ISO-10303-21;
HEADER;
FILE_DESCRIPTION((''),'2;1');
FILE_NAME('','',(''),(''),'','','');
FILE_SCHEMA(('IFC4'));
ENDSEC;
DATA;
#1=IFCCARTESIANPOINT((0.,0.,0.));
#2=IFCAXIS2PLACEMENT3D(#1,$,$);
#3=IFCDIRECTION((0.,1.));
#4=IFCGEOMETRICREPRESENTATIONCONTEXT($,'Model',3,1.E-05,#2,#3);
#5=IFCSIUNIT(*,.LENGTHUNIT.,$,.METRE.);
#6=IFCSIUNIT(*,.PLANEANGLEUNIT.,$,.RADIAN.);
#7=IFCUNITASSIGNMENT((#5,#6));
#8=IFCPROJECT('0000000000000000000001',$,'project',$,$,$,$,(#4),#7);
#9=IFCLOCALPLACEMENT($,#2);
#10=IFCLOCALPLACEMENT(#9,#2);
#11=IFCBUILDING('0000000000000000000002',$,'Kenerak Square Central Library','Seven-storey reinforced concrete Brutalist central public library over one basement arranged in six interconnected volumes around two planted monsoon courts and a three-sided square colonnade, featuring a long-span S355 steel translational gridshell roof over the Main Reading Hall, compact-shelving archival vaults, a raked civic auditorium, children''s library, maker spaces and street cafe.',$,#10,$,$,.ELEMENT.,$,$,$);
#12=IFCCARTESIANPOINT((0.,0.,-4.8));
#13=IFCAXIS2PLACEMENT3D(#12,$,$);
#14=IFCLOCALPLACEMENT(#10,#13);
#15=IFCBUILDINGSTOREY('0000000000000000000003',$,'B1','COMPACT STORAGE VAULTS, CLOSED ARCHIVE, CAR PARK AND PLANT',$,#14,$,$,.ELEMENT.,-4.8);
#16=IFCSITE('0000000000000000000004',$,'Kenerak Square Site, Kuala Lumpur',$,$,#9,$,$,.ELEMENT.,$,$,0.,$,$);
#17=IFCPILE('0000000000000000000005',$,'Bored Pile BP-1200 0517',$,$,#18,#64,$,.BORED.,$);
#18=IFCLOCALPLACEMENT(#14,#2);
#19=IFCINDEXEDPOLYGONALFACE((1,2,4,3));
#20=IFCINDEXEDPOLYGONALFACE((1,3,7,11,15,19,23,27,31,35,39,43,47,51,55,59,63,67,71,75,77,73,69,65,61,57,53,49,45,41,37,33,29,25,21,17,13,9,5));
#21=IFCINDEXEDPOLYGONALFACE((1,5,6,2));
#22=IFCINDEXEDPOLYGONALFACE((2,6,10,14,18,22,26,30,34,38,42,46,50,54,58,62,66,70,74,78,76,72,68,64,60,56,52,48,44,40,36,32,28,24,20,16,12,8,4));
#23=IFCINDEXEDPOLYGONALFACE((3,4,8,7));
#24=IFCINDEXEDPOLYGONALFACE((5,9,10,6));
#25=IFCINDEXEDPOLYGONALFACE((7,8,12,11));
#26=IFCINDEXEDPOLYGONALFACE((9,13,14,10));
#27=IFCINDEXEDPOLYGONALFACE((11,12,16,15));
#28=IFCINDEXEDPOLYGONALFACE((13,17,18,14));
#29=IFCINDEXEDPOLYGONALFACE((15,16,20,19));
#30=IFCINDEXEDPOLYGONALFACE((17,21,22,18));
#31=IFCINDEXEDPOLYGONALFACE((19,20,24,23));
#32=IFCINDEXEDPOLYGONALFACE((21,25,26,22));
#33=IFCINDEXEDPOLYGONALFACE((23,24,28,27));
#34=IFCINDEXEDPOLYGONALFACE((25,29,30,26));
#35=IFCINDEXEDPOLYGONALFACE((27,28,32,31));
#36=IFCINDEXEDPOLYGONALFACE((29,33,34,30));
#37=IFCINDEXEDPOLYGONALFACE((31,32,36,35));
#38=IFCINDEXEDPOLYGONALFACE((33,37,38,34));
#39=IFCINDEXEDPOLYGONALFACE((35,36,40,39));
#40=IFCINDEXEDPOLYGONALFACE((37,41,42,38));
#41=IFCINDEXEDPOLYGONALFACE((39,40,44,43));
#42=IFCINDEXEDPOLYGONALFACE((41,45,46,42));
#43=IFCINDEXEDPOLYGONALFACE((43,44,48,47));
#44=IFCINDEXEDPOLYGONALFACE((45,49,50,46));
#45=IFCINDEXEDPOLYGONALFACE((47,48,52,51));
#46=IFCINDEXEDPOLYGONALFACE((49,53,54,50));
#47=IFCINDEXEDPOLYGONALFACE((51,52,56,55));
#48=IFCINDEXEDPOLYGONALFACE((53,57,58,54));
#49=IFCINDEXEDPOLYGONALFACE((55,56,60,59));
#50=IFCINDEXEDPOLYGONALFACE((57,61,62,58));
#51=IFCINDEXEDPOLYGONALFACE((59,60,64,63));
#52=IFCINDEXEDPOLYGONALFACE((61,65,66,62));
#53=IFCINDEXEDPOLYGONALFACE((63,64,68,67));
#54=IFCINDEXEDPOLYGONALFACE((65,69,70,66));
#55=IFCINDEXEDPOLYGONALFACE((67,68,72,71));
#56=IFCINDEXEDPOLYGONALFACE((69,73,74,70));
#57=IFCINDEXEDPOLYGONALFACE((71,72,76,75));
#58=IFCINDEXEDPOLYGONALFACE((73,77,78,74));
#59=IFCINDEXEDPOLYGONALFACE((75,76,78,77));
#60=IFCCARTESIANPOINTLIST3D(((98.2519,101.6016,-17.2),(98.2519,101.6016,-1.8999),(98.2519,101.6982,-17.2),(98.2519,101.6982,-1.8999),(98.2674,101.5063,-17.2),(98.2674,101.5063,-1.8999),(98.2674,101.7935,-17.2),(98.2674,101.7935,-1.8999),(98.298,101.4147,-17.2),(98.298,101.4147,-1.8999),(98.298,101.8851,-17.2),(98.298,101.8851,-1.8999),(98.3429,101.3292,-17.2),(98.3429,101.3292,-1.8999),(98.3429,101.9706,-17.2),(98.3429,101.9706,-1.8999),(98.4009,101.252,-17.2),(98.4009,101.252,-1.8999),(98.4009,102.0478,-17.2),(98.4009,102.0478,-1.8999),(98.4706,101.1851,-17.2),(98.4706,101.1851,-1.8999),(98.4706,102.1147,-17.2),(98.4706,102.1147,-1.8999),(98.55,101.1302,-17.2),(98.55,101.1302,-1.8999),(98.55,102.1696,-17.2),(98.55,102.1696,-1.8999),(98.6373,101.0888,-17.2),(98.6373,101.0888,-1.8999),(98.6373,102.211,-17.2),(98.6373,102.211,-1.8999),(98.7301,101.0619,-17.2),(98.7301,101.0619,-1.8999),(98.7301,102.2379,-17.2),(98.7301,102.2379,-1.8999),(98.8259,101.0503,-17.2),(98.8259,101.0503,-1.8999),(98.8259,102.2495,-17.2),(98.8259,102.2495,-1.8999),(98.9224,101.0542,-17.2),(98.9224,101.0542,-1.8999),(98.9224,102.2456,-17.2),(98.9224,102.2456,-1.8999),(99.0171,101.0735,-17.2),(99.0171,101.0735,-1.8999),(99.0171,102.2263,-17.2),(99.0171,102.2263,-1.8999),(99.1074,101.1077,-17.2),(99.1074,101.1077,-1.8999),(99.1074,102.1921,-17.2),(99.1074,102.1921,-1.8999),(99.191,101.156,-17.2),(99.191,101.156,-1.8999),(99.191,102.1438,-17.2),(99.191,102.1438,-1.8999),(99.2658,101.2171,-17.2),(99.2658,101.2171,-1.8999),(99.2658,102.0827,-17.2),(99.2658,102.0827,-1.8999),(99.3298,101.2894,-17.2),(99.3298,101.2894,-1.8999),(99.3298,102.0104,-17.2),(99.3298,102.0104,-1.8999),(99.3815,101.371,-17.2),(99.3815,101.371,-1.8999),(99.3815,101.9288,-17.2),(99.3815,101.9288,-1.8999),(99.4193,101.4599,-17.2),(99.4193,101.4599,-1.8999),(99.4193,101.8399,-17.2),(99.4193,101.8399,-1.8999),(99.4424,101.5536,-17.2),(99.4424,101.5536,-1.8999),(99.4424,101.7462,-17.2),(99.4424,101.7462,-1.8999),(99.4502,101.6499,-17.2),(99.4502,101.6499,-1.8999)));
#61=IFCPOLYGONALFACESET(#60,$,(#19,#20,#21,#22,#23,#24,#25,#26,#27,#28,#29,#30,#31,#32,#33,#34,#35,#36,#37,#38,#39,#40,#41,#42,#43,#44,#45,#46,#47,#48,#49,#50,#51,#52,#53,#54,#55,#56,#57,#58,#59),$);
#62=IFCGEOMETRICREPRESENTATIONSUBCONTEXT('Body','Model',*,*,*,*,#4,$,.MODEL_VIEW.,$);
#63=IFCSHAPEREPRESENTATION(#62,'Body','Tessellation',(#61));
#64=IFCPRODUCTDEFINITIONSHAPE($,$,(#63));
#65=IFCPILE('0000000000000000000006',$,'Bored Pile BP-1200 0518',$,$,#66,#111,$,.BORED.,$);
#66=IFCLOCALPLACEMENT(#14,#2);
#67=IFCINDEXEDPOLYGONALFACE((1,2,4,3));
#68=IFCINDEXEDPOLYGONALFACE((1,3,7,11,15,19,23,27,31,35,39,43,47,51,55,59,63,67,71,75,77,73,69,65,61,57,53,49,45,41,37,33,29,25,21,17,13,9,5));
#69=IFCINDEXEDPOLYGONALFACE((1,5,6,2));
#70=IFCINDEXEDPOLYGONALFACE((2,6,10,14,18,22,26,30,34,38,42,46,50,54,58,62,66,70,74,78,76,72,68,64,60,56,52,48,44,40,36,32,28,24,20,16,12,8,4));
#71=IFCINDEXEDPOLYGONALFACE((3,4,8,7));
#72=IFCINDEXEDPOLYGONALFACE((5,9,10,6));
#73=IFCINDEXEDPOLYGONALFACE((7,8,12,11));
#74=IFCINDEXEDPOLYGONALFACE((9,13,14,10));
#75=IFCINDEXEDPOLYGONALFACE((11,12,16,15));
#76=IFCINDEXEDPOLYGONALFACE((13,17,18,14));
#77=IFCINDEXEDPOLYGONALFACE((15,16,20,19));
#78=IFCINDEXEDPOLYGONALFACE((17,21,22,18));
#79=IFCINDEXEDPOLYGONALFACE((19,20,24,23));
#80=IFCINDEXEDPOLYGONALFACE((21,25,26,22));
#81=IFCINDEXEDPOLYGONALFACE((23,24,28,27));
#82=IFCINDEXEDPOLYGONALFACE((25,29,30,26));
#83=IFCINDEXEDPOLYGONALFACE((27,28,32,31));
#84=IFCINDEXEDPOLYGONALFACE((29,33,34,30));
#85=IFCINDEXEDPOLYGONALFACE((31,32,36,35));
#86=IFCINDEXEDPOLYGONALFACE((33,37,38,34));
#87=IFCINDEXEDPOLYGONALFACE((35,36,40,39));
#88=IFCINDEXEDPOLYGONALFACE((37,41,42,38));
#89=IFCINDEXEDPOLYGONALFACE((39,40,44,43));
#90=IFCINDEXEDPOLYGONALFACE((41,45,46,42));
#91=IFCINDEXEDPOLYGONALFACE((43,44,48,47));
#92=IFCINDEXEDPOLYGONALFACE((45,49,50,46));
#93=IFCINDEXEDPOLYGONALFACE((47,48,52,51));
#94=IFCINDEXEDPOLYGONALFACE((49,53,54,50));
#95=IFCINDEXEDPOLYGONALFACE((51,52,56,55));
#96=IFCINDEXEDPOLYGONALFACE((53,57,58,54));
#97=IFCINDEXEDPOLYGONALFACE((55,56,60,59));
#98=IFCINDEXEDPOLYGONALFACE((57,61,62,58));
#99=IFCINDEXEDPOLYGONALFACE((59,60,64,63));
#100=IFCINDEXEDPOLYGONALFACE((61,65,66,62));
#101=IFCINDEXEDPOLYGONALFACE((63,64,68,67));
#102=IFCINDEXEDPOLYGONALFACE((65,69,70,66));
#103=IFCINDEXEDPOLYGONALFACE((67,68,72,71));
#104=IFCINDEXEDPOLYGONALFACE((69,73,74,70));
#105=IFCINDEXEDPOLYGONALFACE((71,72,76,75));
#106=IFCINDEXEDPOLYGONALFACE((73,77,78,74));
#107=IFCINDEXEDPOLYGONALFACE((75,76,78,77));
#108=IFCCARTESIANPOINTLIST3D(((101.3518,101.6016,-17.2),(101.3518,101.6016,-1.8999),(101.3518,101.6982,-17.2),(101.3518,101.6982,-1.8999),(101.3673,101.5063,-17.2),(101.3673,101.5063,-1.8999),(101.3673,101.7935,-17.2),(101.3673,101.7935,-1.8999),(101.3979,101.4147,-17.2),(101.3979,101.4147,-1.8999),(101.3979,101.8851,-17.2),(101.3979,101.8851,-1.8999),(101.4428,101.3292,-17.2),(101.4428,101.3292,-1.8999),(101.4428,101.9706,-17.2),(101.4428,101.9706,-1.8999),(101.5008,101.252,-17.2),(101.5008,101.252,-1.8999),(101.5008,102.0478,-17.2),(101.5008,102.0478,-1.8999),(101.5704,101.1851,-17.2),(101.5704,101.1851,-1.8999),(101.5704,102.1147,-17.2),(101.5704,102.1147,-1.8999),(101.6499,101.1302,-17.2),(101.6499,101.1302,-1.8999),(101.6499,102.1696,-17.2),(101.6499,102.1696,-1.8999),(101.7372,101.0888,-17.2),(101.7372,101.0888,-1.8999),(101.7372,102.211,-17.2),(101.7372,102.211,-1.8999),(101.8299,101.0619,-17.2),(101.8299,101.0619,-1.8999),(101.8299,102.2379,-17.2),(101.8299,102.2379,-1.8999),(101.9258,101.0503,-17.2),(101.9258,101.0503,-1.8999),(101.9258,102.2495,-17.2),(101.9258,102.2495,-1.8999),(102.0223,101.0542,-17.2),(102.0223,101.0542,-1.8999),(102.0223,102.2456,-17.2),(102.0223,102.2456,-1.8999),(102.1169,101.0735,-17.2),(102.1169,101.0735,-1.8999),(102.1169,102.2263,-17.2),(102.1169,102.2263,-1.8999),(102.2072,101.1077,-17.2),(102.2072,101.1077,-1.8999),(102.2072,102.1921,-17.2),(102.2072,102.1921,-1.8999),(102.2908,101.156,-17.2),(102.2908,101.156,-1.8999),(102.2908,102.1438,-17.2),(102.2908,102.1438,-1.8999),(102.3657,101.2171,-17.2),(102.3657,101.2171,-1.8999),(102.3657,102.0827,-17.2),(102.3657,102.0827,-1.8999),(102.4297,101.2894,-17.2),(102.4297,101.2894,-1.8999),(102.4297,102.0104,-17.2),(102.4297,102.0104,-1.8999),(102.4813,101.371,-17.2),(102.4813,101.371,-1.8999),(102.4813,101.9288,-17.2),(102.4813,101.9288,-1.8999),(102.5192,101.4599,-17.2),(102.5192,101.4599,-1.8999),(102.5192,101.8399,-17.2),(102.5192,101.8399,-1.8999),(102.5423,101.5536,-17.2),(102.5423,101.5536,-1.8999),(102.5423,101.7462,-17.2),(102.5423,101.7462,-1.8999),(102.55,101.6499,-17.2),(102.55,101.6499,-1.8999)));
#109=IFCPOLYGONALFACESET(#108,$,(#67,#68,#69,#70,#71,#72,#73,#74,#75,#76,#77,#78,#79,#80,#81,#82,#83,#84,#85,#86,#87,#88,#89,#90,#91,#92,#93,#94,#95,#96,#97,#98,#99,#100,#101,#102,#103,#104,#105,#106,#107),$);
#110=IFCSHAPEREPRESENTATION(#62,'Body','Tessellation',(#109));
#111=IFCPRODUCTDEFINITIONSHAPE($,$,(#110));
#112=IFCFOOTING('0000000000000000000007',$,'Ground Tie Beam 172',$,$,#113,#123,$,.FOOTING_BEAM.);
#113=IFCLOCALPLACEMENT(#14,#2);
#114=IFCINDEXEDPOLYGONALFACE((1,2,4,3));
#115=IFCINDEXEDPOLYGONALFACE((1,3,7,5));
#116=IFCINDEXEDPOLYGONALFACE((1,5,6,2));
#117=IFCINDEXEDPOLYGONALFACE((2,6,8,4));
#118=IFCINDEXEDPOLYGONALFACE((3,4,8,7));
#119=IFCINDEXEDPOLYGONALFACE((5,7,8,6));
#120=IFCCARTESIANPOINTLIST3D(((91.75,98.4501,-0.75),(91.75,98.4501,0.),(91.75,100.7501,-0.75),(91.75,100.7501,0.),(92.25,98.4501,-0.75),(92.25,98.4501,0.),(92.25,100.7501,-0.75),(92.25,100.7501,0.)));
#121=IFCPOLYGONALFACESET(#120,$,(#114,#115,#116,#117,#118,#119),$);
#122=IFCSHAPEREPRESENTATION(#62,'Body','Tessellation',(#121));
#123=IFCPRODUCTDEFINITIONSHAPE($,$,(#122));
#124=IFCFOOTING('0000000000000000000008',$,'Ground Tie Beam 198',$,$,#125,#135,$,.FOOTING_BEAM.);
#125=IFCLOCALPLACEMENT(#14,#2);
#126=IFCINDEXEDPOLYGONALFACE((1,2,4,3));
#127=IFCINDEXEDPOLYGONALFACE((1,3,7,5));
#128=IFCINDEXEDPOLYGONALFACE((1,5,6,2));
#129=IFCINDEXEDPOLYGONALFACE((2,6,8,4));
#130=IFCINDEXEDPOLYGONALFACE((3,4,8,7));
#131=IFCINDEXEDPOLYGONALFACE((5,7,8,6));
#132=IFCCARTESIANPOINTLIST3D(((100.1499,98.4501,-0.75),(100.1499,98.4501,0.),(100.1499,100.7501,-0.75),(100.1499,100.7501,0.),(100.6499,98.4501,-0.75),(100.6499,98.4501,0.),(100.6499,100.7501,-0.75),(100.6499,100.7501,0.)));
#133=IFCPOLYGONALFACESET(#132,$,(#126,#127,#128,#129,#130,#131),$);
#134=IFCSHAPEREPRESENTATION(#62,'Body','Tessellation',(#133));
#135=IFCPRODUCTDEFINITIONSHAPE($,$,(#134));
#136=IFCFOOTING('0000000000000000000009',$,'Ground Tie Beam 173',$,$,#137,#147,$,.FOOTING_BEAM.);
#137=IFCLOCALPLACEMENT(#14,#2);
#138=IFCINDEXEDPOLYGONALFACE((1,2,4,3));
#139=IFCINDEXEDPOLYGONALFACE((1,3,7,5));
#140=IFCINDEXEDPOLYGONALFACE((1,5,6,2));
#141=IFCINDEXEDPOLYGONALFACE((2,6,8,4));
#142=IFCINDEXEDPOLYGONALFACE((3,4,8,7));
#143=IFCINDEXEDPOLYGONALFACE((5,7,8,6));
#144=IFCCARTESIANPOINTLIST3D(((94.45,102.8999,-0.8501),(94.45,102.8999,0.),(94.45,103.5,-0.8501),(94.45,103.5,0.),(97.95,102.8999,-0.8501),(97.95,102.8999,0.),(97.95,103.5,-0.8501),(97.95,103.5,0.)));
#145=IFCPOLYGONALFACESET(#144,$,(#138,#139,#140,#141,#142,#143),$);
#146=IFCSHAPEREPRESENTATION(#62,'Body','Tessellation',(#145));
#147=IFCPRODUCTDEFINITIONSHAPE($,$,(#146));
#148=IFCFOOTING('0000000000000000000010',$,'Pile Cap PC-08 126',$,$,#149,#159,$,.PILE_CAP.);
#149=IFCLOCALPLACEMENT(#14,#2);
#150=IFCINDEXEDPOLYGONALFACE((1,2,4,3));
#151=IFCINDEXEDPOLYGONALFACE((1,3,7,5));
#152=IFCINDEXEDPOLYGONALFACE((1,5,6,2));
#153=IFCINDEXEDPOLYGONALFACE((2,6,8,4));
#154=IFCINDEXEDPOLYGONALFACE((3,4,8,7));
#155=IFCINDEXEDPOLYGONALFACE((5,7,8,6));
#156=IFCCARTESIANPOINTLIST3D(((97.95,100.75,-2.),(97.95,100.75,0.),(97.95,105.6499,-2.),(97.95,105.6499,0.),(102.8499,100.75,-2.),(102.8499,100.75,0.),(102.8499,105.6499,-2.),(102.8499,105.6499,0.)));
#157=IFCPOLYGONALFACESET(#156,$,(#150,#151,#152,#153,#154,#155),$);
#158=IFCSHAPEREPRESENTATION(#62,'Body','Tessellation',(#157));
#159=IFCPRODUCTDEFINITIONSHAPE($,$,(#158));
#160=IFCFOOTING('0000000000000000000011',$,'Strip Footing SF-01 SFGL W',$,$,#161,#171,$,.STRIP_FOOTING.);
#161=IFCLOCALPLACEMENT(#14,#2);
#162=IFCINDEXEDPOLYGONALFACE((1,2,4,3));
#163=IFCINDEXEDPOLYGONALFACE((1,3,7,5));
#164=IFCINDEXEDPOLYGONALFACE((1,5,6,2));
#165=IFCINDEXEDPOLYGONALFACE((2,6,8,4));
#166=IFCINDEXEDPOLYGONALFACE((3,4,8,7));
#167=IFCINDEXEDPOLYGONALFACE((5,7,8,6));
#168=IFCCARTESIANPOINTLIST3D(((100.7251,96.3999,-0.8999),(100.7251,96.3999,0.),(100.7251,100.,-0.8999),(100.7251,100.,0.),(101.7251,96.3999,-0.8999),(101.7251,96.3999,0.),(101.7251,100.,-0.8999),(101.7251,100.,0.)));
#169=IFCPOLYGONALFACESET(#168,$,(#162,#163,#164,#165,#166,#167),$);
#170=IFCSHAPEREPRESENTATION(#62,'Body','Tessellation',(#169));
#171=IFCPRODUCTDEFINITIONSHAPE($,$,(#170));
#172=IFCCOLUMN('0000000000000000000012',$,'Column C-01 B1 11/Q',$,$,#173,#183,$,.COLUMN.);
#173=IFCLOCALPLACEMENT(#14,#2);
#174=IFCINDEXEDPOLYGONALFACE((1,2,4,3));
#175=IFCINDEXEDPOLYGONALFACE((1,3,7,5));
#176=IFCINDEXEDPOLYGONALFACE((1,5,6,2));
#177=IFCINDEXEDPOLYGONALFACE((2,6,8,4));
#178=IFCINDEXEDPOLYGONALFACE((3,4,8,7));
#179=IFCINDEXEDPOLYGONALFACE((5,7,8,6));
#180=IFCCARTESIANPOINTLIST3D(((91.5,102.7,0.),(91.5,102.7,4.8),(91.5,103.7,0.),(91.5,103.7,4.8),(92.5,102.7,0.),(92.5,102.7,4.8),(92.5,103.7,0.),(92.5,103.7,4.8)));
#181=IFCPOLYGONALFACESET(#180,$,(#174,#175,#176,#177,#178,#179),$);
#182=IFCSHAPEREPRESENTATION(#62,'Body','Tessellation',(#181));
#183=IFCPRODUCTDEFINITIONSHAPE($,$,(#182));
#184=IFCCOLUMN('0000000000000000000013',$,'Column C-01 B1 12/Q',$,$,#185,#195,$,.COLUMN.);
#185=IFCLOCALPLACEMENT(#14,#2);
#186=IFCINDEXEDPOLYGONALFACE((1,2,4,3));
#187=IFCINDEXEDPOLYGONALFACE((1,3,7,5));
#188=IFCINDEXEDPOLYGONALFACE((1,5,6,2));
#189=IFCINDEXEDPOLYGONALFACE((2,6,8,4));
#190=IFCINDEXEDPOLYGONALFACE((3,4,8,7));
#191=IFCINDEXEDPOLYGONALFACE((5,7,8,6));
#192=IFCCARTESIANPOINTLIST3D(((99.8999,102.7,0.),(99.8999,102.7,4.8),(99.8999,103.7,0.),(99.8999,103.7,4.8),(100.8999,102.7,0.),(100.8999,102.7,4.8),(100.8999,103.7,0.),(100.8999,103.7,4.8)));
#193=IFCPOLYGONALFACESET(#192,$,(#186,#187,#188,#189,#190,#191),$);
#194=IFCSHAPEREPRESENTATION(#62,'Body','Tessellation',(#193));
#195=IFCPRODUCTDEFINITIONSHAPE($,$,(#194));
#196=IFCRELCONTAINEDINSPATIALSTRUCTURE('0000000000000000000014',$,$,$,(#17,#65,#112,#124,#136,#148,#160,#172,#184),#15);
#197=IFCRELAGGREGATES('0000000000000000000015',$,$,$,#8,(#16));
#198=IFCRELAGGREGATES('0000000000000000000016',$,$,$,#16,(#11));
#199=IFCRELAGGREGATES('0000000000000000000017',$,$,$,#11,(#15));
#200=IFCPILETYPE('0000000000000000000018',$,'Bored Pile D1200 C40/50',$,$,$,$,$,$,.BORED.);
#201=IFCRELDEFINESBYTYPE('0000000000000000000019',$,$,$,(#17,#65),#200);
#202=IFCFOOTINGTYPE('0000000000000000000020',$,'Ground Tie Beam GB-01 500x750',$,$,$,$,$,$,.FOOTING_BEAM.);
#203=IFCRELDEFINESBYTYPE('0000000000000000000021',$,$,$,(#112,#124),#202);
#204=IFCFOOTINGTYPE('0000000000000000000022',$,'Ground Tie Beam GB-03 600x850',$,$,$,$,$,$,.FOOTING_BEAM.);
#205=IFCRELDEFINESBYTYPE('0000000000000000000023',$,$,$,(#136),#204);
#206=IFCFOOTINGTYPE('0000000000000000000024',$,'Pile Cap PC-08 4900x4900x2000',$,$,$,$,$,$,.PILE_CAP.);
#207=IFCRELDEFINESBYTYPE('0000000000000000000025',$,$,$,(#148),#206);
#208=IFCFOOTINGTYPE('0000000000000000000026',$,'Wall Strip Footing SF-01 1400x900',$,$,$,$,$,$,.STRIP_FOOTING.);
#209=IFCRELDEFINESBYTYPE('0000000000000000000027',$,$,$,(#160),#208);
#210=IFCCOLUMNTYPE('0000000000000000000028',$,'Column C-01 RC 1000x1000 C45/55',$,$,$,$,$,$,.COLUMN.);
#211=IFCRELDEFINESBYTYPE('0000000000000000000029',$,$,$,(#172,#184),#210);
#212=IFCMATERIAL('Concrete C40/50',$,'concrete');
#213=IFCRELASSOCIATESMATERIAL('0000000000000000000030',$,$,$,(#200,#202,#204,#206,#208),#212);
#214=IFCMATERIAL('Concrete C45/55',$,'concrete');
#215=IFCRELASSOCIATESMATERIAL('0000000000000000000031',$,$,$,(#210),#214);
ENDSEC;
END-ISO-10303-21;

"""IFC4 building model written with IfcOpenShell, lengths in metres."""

from ifc_helpers import new_model, si_unit, direction, frame, origin, origin_2d, place, context, subcontext, project, spatial, rectangle, circle, extrude, material, material_profile, profile_set, type_object, element, save


model = new_model("IFC4")

# Units and contexts
model_context = context("Model", 3, precision=1e-05, world=origin(), true_north=direction((0.0, 1.0)))
body_context = subcontext(model_context, "Body", "Model", "MODEL_VIEW")
ifc_project = project(units=[si_unit("LENGTHUNIT", "METRE"), si_unit("PLANEANGLEUNIT", "RADIAN")], contexts=[model_context])

# Site, building, storey
site_placement = place(None, origin())
site = spatial("IfcSite", under=ifc_project, at=site_placement, Name="Kenerak Square Site, Kuala Lumpur", CompositionType="ELEMENT", RefElevation=0.0)
building_placement = place(site_placement, origin())
building = spatial("IfcBuilding", under=site, at=building_placement, Name="Kenerak Square Central Library", Description="Seven-storey reinforced concrete Brutalist central public library over one basement arranged in six interconnected volumes around two planted monsoon courts and a three-sided square colonnade, featuring a long-span S355 steel translational gridshell roof over the Main Reading Hall, compact-shelving archival vaults, a raked civic auditorium, children's library, maker spaces and street cafe.", CompositionType="ELEMENT")
storey_placement = place(building_placement, frame((0.0, 0.0, -4.8)))
storey = spatial("IfcBuildingStorey", under=building, at=storey_placement, Name="B1", Description="COMPACT STORAGE VAULTS, CLOSED ARCHIVE, CAR PARK AND PLANT", CompositionType="ELEMENT", Elevation=-4.8)

# Piles
ifc_material_1 = material(Name="Concrete C40/50", Category="concrete")
ifc_material_profile_1 = material_profile(ifc_material_1, circle(Radius=0.6001, at=origin_2d()), Name="BP D1200")
ifc_profile_set_1 = profile_set([ifc_material_profile_1], Name="Concrete C40/50")
pile_type = type_object("IfcPileType", Name="Bored Pile D1200 C40/50", PredefinedType="BORED", material=ifc_profile_set_1)
for number, where, z_axis, x_axis, name in (
    (1, (98.8501, 101.6499, -1.8999), (0.0, 0.0, -1.0), (1.0, 0.0, 0.0), "Bored Pile BP-1200 0517"),
    (2, (101.95, 101.6499, -1.8999), (0.0, 0.0, -1.0), (1.0, 0.0, 0.0), "Bored Pile BP-1200 0518"),
):
    element("IfcPile", number, at=place(storey_placement, frame(where, z_axis=z_axis, x_axis=x_axis)), inside=storey, type_object=pile_type, Name=name, PredefinedType="BORED", context=body_context, shape_type="SweptSolid", body=[
        extrude(circle(Radius=0.6001, at=origin_2d()), origin(), (0.0, 0.0, 1.0), 15.3),
    ])

# Footings
footing_type_1 = type_object("IfcFootingType", Name="Ground Tie Beam GB-01 500x750", PredefinedType="FOOTING_BEAM", material=ifc_material_1)
for number, where, z_axis, x_axis, name in (
    (3, (92.0, 99.6001, -0.75), (0.0, 0.0, 1.0), (1.0, 0.0, 0.0), "Ground Tie Beam 172"),
    (4, (100.3999, 99.6001, -0.75), (0.0, 0.0, 1.0), (1.0, 0.0, 0.0), "Ground Tie Beam 198"),
):
    element("IfcFooting", number, at=place(storey_placement, frame(where, z_axis=z_axis, x_axis=x_axis)), inside=storey, type_object=footing_type_1, Name=name, PredefinedType="FOOTING_BEAM", context=body_context, shape_type="SweptSolid", body=[
        extrude(rectangle(XDim=0.5, YDim=2.3, at=origin_2d()), origin(), (0.0, 0.0, 1.0), 0.75),
    ])
footing_type_2 = type_object("IfcFootingType", Name="Ground Tie Beam GB-03 600x850", PredefinedType="FOOTING_BEAM", material=ifc_material_1)
footing_1_placement = place(storey_placement, frame((96.2, 103.2, -0.8501), z_axis=(0.0, 0.0, 1.0), x_axis=(1.0, 0.0, 0.0)))
element("IfcFooting", 5, at=footing_1_placement, inside=storey, type_object=footing_type_2, Name="Ground Tie Beam 173", PredefinedType="FOOTING_BEAM", context=body_context, shape_type="SweptSolid", body=[
    extrude(rectangle(XDim=3.5, YDim=0.6001, at=origin_2d()), origin(), (0.0, 0.0, 1.0), 0.8501),
])
footing_type_3 = type_object("IfcFootingType", Name="Pile Cap PC-08 4900x4900x2000", PredefinedType="PILE_CAP", material=ifc_material_1)
footing_2_placement = place(storey_placement, frame((100.3999, 103.2, -2.0), z_axis=(0.0, 0.0, 1.0), x_axis=(1.0, 0.0, 0.0)))
element("IfcFooting", 6, at=footing_2_placement, inside=storey, type_object=footing_type_3, Name="Pile Cap PC-08 126", PredefinedType="PILE_CAP", context=body_context, shape_type="SweptSolid", body=[
    extrude(rectangle(XDim=4.8999, YDim=4.8999, at=origin_2d()), origin(), (0.0, 0.0, 1.0), 2.0),
])
footing_type_4 = type_object("IfcFootingType", Name="Wall Strip Footing SF-01 1400x900", PredefinedType="STRIP_FOOTING", material=ifc_material_1)
footing_3_placement = place(storey_placement, frame((101.2251, 98.2, -0.8999), z_axis=(0.0, 0.0, 1.0), x_axis=(1.0, 0.0, 0.0)))
element("IfcFooting", 7, at=footing_3_placement, inside=storey, type_object=footing_type_4, Name="Strip Footing SF-01 SFGL W", PredefinedType="STRIP_FOOTING", context=body_context, shape_type="SweptSolid", body=[
    extrude(rectangle(XDim=1.0, YDim=3.6001, at=origin_2d()), origin(), (0.0, 0.0, 1.0), 0.8999),
])

# Columns
ifc_material_2 = material(Name="Concrete C45/55", Category="concrete")
ifc_material_profile_2 = material_profile(ifc_material_2, rectangle(XDim=1.0, YDim=1.0, at=origin_2d()), Name="RC 1000x1000")
ifc_profile_set_2 = profile_set([ifc_material_profile_2], Name="Concrete C45/55")
column_type = type_object("IfcColumnType", Name="Column C-01 RC 1000x1000 C45/55", PredefinedType="COLUMN", material=ifc_profile_set_2)
for number, where, z_axis, x_axis, name in (
    (8, (92.0, 103.2, 0.0), (0.0, 0.0, 1.0), (1.0, 0.0, 0.0), "Column C-01 B1 11/Q"),
    (9, (100.3999, 103.2, 0.0), (0.0, 0.0, 1.0), (1.0, 0.0, 0.0), "Column C-01 B1 12/Q"),
):
    element("IfcColumn", number, at=place(storey_placement, frame(where, z_axis=z_axis, x_axis=x_axis)), inside=storey, type_object=column_type, Name=name, PredefinedType="COLUMN", context=body_context, shape_type="SweptSolid", body=[
        extrude(rectangle(XDim=1.0, YDim=1.0, at=origin_2d()), origin(), (0.0, 0.0, 1.0), 4.8),
    ])

save(model, "model.ifc")
